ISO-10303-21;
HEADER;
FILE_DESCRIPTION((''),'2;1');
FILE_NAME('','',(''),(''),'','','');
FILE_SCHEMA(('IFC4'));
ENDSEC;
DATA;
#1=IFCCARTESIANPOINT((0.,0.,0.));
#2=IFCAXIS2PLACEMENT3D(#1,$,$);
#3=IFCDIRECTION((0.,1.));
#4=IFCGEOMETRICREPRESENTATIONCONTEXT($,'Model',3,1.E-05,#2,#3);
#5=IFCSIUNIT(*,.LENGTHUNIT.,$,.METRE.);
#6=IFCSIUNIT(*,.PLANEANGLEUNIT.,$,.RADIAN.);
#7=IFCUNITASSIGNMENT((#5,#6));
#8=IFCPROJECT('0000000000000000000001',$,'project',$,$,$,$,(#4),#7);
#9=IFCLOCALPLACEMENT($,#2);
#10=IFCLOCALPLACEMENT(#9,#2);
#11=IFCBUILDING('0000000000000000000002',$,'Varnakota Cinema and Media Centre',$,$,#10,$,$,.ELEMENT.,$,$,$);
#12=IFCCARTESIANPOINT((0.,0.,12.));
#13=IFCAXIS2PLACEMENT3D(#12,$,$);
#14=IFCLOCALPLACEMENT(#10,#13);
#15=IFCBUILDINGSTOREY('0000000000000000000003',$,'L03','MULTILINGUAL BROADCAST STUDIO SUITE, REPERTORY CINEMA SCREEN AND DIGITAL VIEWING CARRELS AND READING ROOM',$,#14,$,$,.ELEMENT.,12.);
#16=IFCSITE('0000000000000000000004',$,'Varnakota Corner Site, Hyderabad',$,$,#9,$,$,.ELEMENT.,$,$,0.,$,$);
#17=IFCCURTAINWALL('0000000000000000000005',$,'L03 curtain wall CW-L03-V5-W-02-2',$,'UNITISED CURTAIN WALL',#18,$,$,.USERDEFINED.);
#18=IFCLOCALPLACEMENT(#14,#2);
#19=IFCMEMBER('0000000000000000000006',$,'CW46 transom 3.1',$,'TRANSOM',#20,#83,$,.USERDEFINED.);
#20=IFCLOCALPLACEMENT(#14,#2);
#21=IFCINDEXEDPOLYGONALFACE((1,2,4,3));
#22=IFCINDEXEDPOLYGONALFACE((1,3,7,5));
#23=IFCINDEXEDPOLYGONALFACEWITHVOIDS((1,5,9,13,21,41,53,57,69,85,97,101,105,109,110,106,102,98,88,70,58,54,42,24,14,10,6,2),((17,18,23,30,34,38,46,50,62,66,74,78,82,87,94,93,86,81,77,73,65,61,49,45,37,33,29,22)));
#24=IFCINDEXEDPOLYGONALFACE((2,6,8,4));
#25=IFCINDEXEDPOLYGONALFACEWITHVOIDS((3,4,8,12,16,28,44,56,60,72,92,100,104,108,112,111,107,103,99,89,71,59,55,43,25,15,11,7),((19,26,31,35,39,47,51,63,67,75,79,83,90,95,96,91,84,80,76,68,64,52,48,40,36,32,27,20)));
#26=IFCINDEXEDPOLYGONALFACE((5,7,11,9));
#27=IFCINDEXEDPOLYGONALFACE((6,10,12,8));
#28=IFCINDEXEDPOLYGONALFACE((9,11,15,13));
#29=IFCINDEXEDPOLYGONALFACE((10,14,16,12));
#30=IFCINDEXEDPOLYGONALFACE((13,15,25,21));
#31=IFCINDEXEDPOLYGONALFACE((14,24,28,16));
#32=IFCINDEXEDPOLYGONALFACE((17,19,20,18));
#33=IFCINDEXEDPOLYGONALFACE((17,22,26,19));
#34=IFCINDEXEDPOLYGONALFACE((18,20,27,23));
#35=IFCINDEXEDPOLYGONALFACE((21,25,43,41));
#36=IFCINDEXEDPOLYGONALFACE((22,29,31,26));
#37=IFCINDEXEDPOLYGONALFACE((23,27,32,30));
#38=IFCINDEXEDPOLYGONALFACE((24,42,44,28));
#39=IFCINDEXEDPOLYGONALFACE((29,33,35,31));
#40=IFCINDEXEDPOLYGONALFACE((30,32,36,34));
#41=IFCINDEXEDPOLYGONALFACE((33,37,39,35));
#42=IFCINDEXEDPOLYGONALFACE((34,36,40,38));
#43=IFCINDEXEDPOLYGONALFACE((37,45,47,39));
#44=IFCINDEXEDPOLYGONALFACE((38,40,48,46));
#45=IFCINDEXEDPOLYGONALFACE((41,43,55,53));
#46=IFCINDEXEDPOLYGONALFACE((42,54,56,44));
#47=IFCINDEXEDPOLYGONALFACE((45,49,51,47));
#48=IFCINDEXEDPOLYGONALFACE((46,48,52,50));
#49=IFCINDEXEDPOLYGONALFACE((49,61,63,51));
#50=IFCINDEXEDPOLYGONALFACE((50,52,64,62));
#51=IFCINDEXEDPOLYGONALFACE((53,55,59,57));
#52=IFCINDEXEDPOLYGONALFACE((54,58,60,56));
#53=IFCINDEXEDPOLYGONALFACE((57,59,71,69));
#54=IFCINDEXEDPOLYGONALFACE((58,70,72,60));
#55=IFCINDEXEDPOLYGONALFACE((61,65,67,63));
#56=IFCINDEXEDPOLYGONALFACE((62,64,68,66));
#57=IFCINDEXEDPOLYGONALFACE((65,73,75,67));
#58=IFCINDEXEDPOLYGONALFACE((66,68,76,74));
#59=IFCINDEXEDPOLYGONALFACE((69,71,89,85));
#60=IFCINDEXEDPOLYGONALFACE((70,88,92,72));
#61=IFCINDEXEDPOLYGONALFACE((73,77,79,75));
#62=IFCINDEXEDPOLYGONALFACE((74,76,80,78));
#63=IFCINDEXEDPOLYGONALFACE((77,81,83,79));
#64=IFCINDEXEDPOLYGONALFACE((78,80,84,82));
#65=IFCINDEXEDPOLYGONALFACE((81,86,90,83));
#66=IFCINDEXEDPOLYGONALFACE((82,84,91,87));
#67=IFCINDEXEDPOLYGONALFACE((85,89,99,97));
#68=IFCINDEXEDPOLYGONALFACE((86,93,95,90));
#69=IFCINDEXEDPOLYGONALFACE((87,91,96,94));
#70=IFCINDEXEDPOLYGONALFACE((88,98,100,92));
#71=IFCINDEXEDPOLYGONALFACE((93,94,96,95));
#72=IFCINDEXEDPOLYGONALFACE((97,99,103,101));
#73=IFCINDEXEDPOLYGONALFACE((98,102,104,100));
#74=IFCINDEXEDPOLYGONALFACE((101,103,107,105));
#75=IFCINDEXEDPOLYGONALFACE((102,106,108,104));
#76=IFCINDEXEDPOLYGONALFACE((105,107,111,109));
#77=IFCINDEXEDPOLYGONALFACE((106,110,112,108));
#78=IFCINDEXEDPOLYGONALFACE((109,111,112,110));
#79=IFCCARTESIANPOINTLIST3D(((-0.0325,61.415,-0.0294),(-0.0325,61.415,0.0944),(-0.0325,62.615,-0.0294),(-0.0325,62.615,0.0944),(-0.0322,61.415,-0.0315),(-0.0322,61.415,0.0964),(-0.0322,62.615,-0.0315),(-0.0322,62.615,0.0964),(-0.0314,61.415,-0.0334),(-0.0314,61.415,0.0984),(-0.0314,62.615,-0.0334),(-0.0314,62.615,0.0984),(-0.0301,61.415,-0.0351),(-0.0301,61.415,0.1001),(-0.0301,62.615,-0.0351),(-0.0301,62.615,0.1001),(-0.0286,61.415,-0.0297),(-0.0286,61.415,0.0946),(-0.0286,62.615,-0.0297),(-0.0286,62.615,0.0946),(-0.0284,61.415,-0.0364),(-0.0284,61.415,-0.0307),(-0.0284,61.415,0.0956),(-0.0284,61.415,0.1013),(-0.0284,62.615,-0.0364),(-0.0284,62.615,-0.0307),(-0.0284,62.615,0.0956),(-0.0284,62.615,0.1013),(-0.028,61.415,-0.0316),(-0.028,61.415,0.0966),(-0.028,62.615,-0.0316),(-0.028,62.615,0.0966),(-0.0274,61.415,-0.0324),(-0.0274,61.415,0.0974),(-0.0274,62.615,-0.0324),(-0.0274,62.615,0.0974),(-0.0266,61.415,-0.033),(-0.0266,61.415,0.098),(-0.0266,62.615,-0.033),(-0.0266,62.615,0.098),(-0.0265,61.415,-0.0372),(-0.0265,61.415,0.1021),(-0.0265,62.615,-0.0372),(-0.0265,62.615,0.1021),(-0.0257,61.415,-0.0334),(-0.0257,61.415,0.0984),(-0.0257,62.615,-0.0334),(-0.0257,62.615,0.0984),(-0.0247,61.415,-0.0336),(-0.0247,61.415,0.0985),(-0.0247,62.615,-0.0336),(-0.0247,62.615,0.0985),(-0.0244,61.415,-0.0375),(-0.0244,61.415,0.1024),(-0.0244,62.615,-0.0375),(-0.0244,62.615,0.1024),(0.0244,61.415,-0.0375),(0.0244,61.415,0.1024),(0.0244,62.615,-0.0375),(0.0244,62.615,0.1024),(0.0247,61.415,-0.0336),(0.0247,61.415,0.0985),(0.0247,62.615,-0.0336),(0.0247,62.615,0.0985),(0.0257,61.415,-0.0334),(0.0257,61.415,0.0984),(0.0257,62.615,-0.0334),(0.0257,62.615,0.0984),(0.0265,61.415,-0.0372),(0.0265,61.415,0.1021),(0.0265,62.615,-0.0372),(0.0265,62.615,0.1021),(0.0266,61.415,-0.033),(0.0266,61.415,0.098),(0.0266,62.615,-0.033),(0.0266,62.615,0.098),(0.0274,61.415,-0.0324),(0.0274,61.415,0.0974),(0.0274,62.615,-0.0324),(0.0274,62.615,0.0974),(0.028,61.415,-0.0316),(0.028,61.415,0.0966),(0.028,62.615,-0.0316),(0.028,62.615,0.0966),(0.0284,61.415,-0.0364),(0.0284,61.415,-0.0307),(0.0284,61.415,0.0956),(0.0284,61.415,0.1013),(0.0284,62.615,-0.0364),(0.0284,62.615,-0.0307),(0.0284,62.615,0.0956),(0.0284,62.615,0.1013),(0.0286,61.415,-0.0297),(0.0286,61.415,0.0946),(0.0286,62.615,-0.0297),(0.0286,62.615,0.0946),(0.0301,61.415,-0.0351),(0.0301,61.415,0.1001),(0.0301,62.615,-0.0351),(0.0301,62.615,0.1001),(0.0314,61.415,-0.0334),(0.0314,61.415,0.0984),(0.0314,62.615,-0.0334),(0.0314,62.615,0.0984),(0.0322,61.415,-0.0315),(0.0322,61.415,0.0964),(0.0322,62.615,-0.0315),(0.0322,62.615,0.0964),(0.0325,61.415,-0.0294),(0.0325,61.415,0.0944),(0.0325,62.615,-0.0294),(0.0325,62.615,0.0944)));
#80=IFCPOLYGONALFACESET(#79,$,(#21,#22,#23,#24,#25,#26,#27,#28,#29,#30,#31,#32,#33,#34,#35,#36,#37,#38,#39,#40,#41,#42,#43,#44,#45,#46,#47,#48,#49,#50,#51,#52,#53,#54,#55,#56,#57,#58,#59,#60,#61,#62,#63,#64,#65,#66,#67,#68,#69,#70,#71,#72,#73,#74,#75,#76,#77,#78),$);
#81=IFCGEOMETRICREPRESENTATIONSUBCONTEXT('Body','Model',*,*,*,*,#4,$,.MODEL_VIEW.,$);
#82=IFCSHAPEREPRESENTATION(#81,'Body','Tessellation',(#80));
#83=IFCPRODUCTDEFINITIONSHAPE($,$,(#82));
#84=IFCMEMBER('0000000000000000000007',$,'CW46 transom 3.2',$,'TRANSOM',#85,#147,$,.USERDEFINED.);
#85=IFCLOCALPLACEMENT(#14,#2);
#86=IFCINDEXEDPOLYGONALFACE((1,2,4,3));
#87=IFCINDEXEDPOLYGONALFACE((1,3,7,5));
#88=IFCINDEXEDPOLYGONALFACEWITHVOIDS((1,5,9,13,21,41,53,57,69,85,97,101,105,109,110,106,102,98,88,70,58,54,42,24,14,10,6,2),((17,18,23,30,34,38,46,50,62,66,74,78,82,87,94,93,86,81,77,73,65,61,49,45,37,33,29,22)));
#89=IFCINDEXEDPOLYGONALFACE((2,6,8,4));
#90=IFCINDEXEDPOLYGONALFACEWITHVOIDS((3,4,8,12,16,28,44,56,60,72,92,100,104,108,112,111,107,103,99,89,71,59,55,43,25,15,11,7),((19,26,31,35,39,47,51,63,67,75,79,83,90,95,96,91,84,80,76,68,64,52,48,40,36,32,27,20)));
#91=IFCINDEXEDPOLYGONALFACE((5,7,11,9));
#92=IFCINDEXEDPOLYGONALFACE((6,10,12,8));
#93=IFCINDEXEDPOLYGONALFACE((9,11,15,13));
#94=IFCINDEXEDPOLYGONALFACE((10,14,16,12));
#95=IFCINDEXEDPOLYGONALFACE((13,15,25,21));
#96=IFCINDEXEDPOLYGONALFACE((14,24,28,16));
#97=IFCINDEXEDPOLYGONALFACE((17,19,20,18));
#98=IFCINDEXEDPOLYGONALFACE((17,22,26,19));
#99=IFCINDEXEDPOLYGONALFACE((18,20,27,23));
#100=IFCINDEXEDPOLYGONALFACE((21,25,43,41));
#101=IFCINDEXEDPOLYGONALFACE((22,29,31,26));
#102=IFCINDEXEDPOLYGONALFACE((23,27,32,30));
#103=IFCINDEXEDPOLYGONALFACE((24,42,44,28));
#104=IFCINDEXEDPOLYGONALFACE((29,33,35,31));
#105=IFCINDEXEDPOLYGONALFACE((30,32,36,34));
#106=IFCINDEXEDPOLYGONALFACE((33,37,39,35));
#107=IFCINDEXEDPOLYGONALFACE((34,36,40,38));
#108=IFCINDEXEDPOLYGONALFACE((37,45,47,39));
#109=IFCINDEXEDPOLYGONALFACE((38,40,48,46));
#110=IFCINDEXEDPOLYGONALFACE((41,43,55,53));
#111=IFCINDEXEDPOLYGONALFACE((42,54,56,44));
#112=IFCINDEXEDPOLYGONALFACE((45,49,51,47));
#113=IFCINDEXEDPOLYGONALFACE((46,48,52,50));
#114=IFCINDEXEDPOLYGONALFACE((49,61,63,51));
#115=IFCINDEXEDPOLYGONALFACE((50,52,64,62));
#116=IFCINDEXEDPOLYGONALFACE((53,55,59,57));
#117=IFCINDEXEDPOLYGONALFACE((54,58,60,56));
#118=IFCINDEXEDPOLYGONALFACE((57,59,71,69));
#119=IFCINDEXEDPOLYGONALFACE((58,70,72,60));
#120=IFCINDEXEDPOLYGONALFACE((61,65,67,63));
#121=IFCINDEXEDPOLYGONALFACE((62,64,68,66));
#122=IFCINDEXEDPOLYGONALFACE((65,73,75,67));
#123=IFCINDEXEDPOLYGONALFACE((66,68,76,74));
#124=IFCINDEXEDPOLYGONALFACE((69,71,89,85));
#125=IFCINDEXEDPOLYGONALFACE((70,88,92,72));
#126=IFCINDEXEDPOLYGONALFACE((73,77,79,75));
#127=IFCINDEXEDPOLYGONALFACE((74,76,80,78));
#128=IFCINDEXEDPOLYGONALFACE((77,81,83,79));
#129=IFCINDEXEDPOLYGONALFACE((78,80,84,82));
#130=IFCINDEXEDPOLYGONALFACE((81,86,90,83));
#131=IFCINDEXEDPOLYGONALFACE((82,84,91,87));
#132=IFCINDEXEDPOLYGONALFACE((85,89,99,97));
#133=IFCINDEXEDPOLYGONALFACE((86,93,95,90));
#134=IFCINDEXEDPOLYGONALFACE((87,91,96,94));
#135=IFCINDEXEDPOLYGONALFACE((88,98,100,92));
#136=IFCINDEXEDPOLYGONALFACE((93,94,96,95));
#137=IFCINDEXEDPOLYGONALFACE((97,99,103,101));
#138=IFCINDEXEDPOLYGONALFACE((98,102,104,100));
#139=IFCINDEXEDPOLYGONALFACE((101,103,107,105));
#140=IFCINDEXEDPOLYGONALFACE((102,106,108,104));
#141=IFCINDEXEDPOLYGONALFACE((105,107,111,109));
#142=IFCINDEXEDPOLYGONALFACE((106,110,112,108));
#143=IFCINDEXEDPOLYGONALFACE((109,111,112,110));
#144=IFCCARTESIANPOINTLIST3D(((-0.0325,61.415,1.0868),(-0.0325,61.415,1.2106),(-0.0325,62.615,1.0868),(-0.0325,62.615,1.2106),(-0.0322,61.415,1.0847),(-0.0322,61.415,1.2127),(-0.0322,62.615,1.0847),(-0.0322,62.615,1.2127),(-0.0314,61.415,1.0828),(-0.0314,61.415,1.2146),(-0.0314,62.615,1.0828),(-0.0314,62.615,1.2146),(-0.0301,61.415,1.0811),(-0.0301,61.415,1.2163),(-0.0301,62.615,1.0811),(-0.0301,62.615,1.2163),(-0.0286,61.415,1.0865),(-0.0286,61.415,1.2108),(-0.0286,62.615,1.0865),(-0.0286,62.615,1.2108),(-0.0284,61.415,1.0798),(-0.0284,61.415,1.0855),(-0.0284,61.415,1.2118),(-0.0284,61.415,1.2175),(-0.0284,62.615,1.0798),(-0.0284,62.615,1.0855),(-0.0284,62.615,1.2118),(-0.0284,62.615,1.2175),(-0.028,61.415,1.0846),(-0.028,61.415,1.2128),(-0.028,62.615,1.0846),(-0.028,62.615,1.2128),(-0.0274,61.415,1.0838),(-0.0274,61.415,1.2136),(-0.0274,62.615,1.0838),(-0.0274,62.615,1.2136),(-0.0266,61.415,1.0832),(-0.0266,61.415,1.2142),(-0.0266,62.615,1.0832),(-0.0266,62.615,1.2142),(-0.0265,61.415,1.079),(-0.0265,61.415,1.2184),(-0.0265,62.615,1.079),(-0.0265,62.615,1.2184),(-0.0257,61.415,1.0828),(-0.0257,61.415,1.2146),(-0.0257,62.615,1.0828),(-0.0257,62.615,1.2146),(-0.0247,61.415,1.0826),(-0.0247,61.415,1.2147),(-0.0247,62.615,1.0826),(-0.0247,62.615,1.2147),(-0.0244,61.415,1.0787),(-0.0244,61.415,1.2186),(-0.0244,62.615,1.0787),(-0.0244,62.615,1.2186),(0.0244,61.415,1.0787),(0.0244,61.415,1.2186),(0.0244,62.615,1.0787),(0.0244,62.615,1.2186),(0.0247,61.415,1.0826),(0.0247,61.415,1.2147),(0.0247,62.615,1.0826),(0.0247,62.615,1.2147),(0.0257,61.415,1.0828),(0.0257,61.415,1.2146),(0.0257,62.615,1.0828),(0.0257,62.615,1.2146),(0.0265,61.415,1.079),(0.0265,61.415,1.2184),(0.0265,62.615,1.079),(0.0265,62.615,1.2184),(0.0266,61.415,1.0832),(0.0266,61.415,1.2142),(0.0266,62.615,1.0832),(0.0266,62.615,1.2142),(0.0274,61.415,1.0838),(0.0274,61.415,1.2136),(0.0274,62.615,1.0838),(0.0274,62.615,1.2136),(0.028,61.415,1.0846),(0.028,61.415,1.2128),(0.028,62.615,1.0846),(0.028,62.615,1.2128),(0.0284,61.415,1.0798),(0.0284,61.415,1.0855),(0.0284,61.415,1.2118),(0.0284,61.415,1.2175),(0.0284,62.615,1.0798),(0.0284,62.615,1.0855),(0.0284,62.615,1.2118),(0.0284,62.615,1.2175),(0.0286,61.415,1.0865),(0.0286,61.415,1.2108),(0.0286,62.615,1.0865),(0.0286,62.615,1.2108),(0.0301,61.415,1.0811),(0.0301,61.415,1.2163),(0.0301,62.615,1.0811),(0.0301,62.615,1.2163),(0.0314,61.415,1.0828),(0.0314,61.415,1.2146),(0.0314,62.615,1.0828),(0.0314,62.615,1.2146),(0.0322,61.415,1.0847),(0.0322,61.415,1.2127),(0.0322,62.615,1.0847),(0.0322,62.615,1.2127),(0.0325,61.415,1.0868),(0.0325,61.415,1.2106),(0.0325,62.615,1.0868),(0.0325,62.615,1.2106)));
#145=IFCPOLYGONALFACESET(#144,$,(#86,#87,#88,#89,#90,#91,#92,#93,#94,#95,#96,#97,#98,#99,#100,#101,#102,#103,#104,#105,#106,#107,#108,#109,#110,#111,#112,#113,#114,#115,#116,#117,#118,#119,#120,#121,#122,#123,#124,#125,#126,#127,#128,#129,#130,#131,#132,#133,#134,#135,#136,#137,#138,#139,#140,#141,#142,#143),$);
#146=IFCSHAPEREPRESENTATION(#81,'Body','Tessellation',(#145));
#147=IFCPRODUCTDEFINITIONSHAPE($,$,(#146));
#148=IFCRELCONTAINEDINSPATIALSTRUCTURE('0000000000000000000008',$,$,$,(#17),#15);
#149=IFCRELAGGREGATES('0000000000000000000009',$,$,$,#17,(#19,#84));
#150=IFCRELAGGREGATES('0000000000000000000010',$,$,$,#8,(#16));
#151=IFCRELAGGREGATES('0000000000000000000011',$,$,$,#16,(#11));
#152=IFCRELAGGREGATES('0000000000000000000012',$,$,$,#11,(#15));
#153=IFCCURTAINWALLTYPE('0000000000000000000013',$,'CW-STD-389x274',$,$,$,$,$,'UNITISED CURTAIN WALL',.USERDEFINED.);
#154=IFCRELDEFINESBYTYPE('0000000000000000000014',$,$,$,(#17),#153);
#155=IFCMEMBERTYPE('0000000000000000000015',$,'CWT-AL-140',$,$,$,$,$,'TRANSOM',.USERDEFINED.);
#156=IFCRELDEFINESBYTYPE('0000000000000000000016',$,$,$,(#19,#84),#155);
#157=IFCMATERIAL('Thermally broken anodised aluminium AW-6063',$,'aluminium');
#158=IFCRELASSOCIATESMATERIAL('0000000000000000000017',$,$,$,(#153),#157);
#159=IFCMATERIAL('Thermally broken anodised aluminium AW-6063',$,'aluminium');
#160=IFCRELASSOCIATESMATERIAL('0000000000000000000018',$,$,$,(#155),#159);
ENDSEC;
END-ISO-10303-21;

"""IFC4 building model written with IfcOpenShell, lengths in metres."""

from ifc_helpers import new_model, si_unit, direction, frame, origin, origin_2d, place, context, subcontext, project, spatial, hollow_rectangle, extrude, material, material_profile, profile_set, type_object, element, aggregate, save


model = new_model("IFC4")

# Units and contexts
model_context = context("Model", 3, precision=1e-05, world=origin(), true_north=direction((0.0, 1.0)))
body_context = subcontext(model_context, "Body", "Model", "MODEL_VIEW")
ifc_project = project(units=[si_unit("LENGTHUNIT", "METRE"), si_unit("PLANEANGLEUNIT", "RADIAN")], contexts=[model_context])

# Site, building, storey
site_placement = place(None, origin())
site = spatial("IfcSite", under=ifc_project, at=site_placement, Name="Varnakota Corner Site, Hyderabad", CompositionType="ELEMENT", RefElevation=0.0)
building_placement = place(site_placement, origin())
building = spatial("IfcBuilding", under=site, at=building_placement, Name="Varnakota Cinema and Media Centre", CompositionType="ELEMENT")
storey_placement = place(building_placement, frame((0.0, 0.0, 12.0)))
storey = spatial("IfcBuildingStorey", under=building, at=storey_placement, Name="L03", Description="MULTILINGUAL BROADCAST STUDIO SUITE, REPERTORY CINEMA SCREEN AND DIGITAL VIEWING CARRELS AND READING ROOM", CompositionType="ELEMENT", Elevation=12.0)

# Shared definitions
ifc_material_1 = material(Name="Thermally broken anodised aluminium AW-6063", Category="aluminium")
curtain_wall_type = type_object("IfcCurtainWallType", Name="CW-STD-389x274", ElementType="UNITISED CURTAIN WALL", PredefinedType="USERDEFINED", material=ifc_material_1)

# Curtain wall, members
curtain_wall_1_placement = place(storey_placement, origin())
curtain_wall_1 = element("IfcCurtainWall", 1, at=curtain_wall_1_placement, inside=storey, type_object=curtain_wall_type, Name="L03 curtain wall CW-L03-V5-W-02-2", ObjectType="UNITISED CURTAIN WALL", PredefinedType="USERDEFINED")
ifc_material_2 = material(Name="Thermally broken anodised aluminium AW-6063", Category="aluminium")
ifc_material_profile_1 = material_profile(ifc_material_2, hollow_rectangle(XDim=0.0649, YDim=0.1399, WallThickness=0.0039, InnerFilletRadius=0.0039, OuterFilletRadius=0.0081, at=origin_2d()), Name="AL-TRANSOM 140x65x4")
ifc_profile_set_1 = profile_set([ifc_material_profile_1], Name="Thermally broken anodised aluminium AW-6063")
member_type_1 = type_object("IfcMemberType", Name="CWT-AL-140", ElementType="TRANSOM", PredefinedType="USERDEFINED", material=ifc_profile_set_1)
member_1_placement = place(storey_placement, frame((0.0, 62.615, 0.0325), z_axis=(0.0, -1.0, 0.0), x_axis=(1.0, 0.0, 0.0)))
member_1 = element("IfcMember", 2, at=member_1_placement, type_object=member_type_1, Name="CW46 transom 3.1", ObjectType="TRANSOM", PredefinedType="USERDEFINED", context=body_context, shape_type="SweptSolid", body=[
    extrude(hollow_rectangle(XDim=0.0649, YDim=0.1399, WallThickness=0.0039, InnerFilletRadius=0.0039, OuterFilletRadius=0.0081, at=origin_2d()), origin(), (0.0, 0.0, 1.0), 1.2),
])
member_2_placement = place(storey_placement, frame((0.0, 62.615, 1.1487), z_axis=(0.0, -1.0, 0.0), x_axis=(1.0, 0.0, 0.0)))
member_2 = element("IfcMember", 3, at=member_2_placement, type_object=member_type_1, Name="CW46 transom 3.2", ObjectType="TRANSOM", PredefinedType="USERDEFINED", context=body_context, shape_type="SweptSolid", body=[
    extrude(hollow_rectangle(XDim=0.0649, YDim=0.1399, WallThickness=0.0039, InnerFilletRadius=0.0039, OuterFilletRadius=0.0081, at=origin_2d()), origin(), (0.0, 0.0, 1.0), 1.2),
])

aggregate(curtain_wall_1, [member_1, member_2])

save(model, "model.ifc")
